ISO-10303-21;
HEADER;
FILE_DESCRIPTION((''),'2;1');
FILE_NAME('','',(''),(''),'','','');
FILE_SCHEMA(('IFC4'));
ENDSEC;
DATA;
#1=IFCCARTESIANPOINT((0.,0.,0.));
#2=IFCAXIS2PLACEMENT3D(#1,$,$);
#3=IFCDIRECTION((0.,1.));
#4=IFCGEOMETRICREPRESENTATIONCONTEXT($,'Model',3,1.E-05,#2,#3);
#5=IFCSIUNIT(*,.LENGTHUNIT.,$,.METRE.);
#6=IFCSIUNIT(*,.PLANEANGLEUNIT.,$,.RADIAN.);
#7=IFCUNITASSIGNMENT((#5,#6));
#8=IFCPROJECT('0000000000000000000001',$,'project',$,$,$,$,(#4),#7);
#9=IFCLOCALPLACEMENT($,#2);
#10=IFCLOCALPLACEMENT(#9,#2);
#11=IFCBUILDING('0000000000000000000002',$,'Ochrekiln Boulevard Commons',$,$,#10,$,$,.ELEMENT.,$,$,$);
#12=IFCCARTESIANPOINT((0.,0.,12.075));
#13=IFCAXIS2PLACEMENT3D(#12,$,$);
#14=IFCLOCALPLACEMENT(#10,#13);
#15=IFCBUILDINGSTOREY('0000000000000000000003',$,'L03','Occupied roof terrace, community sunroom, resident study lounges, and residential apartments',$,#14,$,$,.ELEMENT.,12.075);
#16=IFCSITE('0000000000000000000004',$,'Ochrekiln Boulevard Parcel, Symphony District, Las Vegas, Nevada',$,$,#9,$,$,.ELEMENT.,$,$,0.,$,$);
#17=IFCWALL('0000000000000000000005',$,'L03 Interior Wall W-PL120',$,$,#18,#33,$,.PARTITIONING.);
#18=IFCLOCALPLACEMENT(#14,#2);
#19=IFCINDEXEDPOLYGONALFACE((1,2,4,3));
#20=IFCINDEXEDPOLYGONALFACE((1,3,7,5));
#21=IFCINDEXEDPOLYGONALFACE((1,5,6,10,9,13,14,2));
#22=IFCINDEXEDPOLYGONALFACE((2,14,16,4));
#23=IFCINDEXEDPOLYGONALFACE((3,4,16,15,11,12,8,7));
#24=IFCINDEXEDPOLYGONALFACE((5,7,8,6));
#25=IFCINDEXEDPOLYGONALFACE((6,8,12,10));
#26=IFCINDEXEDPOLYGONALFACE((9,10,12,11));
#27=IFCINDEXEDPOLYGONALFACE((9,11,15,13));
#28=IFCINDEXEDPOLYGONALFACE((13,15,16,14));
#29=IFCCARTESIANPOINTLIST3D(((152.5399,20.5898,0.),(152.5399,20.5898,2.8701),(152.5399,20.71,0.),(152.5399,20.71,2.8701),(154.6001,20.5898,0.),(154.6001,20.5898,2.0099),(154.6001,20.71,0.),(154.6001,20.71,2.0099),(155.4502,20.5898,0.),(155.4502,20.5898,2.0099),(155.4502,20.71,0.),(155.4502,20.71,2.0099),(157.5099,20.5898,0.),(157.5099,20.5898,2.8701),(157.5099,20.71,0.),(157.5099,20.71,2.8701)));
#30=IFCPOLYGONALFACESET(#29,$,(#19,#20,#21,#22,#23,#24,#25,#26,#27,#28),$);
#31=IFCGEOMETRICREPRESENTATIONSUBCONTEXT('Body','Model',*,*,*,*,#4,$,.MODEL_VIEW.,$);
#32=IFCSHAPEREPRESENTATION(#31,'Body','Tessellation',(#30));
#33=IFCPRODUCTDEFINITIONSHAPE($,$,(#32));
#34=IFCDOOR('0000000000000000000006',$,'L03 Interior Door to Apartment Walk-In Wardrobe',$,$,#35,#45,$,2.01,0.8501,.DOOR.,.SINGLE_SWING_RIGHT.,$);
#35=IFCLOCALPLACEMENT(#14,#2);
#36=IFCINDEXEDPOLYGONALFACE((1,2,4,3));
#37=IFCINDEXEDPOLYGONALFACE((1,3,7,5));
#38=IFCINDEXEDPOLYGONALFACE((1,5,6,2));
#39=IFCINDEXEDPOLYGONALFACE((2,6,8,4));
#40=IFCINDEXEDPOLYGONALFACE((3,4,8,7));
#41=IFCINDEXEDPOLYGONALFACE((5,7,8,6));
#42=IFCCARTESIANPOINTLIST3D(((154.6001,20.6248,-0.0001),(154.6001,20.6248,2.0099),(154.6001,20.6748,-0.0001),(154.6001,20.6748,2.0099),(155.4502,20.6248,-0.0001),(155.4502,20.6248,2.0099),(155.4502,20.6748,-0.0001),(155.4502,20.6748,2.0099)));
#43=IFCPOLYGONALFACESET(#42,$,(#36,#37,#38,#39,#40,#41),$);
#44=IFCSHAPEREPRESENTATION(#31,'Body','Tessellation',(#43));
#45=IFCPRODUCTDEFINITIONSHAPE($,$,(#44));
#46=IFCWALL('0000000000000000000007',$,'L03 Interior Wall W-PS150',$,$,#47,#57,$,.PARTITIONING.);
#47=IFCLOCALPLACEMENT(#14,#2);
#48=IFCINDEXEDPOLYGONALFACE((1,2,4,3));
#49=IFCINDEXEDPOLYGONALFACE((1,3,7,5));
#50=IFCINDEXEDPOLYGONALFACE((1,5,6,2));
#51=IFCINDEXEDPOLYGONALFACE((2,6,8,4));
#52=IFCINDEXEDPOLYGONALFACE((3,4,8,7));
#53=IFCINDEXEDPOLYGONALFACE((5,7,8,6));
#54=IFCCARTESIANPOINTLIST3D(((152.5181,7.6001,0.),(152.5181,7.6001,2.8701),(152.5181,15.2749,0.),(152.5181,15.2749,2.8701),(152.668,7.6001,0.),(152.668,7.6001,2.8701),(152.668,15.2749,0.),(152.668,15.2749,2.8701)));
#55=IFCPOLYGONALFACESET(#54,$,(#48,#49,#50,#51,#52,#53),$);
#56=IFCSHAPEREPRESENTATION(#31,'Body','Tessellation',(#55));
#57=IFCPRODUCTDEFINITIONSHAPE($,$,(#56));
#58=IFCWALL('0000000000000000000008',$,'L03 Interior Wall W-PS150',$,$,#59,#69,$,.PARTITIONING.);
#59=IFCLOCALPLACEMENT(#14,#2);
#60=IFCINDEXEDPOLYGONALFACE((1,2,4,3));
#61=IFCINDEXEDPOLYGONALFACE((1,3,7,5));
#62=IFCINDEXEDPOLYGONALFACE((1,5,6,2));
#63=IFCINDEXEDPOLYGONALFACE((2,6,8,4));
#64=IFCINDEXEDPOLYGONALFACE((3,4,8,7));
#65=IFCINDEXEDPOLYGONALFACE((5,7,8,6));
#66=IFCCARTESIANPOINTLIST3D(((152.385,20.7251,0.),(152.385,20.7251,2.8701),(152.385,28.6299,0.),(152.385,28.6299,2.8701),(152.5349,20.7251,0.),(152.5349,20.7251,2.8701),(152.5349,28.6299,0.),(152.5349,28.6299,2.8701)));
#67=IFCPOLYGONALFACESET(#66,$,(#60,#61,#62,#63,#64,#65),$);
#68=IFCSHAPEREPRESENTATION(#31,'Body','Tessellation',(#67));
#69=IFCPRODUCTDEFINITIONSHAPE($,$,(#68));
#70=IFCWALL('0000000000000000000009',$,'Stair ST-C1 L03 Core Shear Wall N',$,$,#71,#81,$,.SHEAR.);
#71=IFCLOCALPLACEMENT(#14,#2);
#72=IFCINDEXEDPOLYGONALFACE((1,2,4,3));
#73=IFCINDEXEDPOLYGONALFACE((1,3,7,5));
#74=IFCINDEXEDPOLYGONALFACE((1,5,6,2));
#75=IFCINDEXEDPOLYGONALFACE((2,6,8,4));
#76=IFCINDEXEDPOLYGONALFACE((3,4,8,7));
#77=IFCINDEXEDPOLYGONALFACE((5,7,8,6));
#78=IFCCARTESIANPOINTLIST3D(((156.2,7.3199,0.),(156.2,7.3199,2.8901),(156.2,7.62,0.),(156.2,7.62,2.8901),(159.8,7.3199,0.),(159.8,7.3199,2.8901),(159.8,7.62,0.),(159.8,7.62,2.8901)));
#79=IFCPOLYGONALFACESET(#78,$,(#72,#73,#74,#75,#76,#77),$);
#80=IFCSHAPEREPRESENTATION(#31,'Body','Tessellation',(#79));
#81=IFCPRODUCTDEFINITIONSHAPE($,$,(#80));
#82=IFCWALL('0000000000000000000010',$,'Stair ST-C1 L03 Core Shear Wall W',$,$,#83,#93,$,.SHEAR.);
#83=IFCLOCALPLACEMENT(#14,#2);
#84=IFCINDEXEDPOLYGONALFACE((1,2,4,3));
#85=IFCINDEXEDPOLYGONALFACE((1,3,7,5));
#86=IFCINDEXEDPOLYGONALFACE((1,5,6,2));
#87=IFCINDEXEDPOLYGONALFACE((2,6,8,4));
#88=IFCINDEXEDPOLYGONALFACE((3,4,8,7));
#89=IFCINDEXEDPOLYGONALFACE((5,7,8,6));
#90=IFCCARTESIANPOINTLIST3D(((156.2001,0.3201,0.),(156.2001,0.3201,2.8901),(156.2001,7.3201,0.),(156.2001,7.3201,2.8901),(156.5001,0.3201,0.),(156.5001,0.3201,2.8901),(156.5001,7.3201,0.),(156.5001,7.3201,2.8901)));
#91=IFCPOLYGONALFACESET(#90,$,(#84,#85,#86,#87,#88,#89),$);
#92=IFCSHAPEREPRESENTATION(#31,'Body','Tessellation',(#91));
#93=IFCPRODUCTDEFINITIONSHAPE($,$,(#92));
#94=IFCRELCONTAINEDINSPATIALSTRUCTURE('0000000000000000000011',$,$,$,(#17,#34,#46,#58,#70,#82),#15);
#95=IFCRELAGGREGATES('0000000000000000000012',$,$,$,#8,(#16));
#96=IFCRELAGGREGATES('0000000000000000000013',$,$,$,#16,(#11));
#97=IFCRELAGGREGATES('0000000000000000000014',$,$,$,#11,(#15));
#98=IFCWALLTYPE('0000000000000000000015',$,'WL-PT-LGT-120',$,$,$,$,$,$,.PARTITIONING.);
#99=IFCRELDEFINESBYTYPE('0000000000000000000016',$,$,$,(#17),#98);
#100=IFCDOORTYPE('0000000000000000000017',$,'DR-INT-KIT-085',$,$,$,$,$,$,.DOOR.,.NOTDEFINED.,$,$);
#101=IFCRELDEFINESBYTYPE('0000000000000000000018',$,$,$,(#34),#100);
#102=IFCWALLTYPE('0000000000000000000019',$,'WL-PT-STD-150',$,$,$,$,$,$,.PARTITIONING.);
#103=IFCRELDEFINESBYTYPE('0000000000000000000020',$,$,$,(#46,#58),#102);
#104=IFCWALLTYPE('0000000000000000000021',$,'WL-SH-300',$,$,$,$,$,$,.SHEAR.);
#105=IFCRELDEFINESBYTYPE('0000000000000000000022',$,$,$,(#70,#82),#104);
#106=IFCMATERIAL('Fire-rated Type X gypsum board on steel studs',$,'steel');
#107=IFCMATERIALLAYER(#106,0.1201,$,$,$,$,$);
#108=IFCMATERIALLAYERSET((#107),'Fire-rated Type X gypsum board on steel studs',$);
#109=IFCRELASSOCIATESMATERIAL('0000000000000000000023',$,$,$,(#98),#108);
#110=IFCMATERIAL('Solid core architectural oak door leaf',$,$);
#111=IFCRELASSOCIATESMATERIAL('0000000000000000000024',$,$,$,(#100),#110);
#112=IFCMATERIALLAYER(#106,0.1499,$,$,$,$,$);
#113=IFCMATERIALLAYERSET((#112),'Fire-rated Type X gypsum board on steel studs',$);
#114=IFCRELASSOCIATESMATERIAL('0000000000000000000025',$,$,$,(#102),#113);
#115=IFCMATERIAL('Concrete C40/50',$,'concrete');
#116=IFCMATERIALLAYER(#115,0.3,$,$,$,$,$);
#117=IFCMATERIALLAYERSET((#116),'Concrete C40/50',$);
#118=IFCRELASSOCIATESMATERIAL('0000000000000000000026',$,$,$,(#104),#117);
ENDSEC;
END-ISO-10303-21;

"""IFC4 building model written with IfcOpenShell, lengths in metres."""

from ifc_helpers import new_model, si_unit, direction, frame, frame_2d, origin, place, context, subcontext, project, spatial, rectangle, extrude, material, layer, layer_set, type_object, element, fill, save


model = new_model("IFC4")

# Units and contexts
model_context = context("Model", 3, precision=1e-05, world=origin(), true_north=direction((0.0, 1.0)))
body_context = subcontext(model_context, "Body", "Model", "MODEL_VIEW")
ifc_project = project(units=[si_unit("LENGTHUNIT", "METRE"), si_unit("PLANEANGLEUNIT", "RADIAN")], contexts=[model_context])

# Site, building, storey
site_placement = place(None, origin())
site = spatial("IfcSite", under=ifc_project, at=site_placement, Name="Ochrekiln Boulevard Parcel, Symphony District, Las Vegas, Nevada", CompositionType="ELEMENT", RefElevation=0.0)
building_placement = place(site_placement, origin())
building = spatial("IfcBuilding", under=site, at=building_placement, Name="Ochrekiln Boulevard Commons", CompositionType="ELEMENT")
storey_placement = place(building_placement, frame((0.0, 0.0, 12.075)))
storey = spatial("IfcBuildingStorey", under=building, at=storey_placement, Name="L03", Description="Occupied roof terrace, community sunroom, resident study lounges, and residential apartments", CompositionType="ELEMENT", Elevation=12.075)

# Shared definitions
ifc_material_1 = material(Name="Concrete C40/50", Category="concrete")

# Wall, opening, door
ifc_material_2 = material(Name="Fire-rated Type X gypsum board on steel studs", Category="steel")
ifc_layer_1 = layer(ifc_material_2, 0.1201)
ifc_layer_set_1 = layer_set([ifc_layer_1], Name="Fire-rated Type X gypsum board on steel studs")
wall_type_1 = type_object("IfcWallType", Name="WL-PT-LGT-120", PredefinedType="PARTITIONING", material=ifc_layer_set_1)
ifc_material_3 = material(Name="Solid core architectural oak door leaf")
door_type = type_object("IfcDoorType", Name="DR-INT-KIT-085", OperationType="NOTDEFINED", PredefinedType="DOOR", material=ifc_material_3)
wall_1_placement = place(storey_placement, frame((152.54, 20.6499, 0.0), z_axis=(0.0, 0.0, 1.0), x_axis=(1.0, 0.0, 0.0)))
wall_1 = element("IfcWall", 1, at=wall_1_placement, inside=storey, type_object=wall_type_1, Name="L03 Interior Wall W-PL120", PredefinedType="PARTITIONING", context=body_context, shape_type="SweptSolid", body=[
    extrude(rectangle(XDim=4.97, YDim=0.1201, at=frame_2d((2.4849, 0.0))), origin(), (0.0, 0.0, 1.0), 2.8701),
])
opening_1_placement = place(wall_1_placement, frame((2.0601, 0.0, 0.0)))
opening_1 = element("IfcOpeningElement", 2, at=opening_1_placement, cuts=wall_1, PredefinedType="OPENING", context=body_context, shape_type="SweptSolid", body=[
    extrude(rectangle(XDim=0.8501, YDim=2.01, at=frame_2d((0.425, 1.0049))), frame((0.0, 0.0701, 0.0), z_axis=(0.0, -1.0, 0.0), x_axis=(1.0, 0.0, 0.0)), (0.0, 0.0, 1.0), 0.1401),
])
door_1_placement = place(opening_1_placement, origin())
door_1 = element("IfcDoor", 3, at=door_1_placement, inside=storey, type_object=door_type, Name="L03 Interior Door to Apartment Walk-In Wardrobe", OperationType="SINGLE_SWING_RIGHT", OverallHeight=2.01, OverallWidth=0.8501, PredefinedType="DOOR", context=body_context, shape_type="SweptSolid", body=[
    extrude(rectangle(XDim=0.8501, YDim=2.01, at=frame_2d((0.425, 1.0049))), frame((0.0, 0.0249, 0.0), z_axis=(0.0, -1.0, 0.0), x_axis=(1.0, 0.0, 0.0)), (0.0, 0.0, 1.0), 0.05),
])
fill(opening_1, door_1)

# Walls
ifc_layer_2 = layer(ifc_material_2, 0.1499)
ifc_layer_set_2 = layer_set([ifc_layer_2], Name="Fire-rated Type X gypsum board on steel studs")
wall_type_2 = type_object("IfcWallType", Name="WL-PT-STD-150", PredefinedType="PARTITIONING", material=ifc_layer_set_2)
wall_2_placement = place(storey_placement, frame((152.593, 7.6001, 0.0), z_axis=(0.0, 0.0, 1.0), x_axis=(0.0, 1.0, 0.0)))
element("IfcWall", 4, at=wall_2_placement, inside=storey, type_object=wall_type_2, Name="L03 Interior Wall W-PS150", PredefinedType="PARTITIONING", context=body_context, shape_type="SweptSolid", body=[
    extrude(rectangle(XDim=7.6748, YDim=0.1499, at=frame_2d((3.8374, 0.0))), origin(), (0.0, 0.0, 1.0), 2.8701),
])
wall_3_placement = place(storey_placement, frame((152.46, 20.7251, 0.0), z_axis=(0.0, 0.0, 1.0), x_axis=(0.0, 1.0, 0.0)))
element("IfcWall", 5, at=wall_3_placement, inside=storey, type_object=wall_type_2, Name="L03 Interior Wall W-PS150", PredefinedType="PARTITIONING", context=body_context, shape_type="SweptSolid", body=[
    extrude(rectangle(XDim=7.9048, YDim=0.1499, at=frame_2d((3.9524, 0.0))), origin(), (0.0, 0.0, 1.0), 2.8701),
])
ifc_layer_3 = layer(ifc_material_1, 0.3)
ifc_layer_set_3 = layer_set([ifc_layer_3], Name="Concrete C40/50")
wall_type_3 = type_object("IfcWallType", Name="WL-SH-300", PredefinedType="SHEAR", material=ifc_layer_set_3)
wall_4_placement = place(storey_placement, frame((156.2, 7.47, 0.0), z_axis=(0.0, 0.0, 1.0), x_axis=(1.0, 0.0, 0.0)))
element("IfcWall", 6, at=wall_4_placement, inside=storey, type_object=wall_type_3, Name="Stair ST-C1 L03 Core Shear Wall N", PredefinedType="SHEAR", context=body_context, shape_type="SweptSolid", body=[
    extrude(rectangle(XDim=3.6001, YDim=0.3, at=frame_2d((1.8, 0.0))), origin(), (0.0, 0.0, 1.0), 2.8901),
])
wall_5_placement = place(storey_placement, frame((156.3501, 0.3201, 0.0), z_axis=(0.0, 0.0, 1.0), x_axis=(0.0, 1.0, 0.0)))
element("IfcWall", 7, at=wall_5_placement, inside=storey, type_object=wall_type_3, Name="Stair ST-C1 L03 Core Shear Wall W", PredefinedType="SHEAR", context=body_context, shape_type="SweptSolid", body=[
    extrude(rectangle(XDim=7.0, YDim=0.3, at=frame_2d((3.5, 0.0))), origin(), (0.0, 0.0, 1.0), 2.8901),
])

save(model, "model.ifc")
